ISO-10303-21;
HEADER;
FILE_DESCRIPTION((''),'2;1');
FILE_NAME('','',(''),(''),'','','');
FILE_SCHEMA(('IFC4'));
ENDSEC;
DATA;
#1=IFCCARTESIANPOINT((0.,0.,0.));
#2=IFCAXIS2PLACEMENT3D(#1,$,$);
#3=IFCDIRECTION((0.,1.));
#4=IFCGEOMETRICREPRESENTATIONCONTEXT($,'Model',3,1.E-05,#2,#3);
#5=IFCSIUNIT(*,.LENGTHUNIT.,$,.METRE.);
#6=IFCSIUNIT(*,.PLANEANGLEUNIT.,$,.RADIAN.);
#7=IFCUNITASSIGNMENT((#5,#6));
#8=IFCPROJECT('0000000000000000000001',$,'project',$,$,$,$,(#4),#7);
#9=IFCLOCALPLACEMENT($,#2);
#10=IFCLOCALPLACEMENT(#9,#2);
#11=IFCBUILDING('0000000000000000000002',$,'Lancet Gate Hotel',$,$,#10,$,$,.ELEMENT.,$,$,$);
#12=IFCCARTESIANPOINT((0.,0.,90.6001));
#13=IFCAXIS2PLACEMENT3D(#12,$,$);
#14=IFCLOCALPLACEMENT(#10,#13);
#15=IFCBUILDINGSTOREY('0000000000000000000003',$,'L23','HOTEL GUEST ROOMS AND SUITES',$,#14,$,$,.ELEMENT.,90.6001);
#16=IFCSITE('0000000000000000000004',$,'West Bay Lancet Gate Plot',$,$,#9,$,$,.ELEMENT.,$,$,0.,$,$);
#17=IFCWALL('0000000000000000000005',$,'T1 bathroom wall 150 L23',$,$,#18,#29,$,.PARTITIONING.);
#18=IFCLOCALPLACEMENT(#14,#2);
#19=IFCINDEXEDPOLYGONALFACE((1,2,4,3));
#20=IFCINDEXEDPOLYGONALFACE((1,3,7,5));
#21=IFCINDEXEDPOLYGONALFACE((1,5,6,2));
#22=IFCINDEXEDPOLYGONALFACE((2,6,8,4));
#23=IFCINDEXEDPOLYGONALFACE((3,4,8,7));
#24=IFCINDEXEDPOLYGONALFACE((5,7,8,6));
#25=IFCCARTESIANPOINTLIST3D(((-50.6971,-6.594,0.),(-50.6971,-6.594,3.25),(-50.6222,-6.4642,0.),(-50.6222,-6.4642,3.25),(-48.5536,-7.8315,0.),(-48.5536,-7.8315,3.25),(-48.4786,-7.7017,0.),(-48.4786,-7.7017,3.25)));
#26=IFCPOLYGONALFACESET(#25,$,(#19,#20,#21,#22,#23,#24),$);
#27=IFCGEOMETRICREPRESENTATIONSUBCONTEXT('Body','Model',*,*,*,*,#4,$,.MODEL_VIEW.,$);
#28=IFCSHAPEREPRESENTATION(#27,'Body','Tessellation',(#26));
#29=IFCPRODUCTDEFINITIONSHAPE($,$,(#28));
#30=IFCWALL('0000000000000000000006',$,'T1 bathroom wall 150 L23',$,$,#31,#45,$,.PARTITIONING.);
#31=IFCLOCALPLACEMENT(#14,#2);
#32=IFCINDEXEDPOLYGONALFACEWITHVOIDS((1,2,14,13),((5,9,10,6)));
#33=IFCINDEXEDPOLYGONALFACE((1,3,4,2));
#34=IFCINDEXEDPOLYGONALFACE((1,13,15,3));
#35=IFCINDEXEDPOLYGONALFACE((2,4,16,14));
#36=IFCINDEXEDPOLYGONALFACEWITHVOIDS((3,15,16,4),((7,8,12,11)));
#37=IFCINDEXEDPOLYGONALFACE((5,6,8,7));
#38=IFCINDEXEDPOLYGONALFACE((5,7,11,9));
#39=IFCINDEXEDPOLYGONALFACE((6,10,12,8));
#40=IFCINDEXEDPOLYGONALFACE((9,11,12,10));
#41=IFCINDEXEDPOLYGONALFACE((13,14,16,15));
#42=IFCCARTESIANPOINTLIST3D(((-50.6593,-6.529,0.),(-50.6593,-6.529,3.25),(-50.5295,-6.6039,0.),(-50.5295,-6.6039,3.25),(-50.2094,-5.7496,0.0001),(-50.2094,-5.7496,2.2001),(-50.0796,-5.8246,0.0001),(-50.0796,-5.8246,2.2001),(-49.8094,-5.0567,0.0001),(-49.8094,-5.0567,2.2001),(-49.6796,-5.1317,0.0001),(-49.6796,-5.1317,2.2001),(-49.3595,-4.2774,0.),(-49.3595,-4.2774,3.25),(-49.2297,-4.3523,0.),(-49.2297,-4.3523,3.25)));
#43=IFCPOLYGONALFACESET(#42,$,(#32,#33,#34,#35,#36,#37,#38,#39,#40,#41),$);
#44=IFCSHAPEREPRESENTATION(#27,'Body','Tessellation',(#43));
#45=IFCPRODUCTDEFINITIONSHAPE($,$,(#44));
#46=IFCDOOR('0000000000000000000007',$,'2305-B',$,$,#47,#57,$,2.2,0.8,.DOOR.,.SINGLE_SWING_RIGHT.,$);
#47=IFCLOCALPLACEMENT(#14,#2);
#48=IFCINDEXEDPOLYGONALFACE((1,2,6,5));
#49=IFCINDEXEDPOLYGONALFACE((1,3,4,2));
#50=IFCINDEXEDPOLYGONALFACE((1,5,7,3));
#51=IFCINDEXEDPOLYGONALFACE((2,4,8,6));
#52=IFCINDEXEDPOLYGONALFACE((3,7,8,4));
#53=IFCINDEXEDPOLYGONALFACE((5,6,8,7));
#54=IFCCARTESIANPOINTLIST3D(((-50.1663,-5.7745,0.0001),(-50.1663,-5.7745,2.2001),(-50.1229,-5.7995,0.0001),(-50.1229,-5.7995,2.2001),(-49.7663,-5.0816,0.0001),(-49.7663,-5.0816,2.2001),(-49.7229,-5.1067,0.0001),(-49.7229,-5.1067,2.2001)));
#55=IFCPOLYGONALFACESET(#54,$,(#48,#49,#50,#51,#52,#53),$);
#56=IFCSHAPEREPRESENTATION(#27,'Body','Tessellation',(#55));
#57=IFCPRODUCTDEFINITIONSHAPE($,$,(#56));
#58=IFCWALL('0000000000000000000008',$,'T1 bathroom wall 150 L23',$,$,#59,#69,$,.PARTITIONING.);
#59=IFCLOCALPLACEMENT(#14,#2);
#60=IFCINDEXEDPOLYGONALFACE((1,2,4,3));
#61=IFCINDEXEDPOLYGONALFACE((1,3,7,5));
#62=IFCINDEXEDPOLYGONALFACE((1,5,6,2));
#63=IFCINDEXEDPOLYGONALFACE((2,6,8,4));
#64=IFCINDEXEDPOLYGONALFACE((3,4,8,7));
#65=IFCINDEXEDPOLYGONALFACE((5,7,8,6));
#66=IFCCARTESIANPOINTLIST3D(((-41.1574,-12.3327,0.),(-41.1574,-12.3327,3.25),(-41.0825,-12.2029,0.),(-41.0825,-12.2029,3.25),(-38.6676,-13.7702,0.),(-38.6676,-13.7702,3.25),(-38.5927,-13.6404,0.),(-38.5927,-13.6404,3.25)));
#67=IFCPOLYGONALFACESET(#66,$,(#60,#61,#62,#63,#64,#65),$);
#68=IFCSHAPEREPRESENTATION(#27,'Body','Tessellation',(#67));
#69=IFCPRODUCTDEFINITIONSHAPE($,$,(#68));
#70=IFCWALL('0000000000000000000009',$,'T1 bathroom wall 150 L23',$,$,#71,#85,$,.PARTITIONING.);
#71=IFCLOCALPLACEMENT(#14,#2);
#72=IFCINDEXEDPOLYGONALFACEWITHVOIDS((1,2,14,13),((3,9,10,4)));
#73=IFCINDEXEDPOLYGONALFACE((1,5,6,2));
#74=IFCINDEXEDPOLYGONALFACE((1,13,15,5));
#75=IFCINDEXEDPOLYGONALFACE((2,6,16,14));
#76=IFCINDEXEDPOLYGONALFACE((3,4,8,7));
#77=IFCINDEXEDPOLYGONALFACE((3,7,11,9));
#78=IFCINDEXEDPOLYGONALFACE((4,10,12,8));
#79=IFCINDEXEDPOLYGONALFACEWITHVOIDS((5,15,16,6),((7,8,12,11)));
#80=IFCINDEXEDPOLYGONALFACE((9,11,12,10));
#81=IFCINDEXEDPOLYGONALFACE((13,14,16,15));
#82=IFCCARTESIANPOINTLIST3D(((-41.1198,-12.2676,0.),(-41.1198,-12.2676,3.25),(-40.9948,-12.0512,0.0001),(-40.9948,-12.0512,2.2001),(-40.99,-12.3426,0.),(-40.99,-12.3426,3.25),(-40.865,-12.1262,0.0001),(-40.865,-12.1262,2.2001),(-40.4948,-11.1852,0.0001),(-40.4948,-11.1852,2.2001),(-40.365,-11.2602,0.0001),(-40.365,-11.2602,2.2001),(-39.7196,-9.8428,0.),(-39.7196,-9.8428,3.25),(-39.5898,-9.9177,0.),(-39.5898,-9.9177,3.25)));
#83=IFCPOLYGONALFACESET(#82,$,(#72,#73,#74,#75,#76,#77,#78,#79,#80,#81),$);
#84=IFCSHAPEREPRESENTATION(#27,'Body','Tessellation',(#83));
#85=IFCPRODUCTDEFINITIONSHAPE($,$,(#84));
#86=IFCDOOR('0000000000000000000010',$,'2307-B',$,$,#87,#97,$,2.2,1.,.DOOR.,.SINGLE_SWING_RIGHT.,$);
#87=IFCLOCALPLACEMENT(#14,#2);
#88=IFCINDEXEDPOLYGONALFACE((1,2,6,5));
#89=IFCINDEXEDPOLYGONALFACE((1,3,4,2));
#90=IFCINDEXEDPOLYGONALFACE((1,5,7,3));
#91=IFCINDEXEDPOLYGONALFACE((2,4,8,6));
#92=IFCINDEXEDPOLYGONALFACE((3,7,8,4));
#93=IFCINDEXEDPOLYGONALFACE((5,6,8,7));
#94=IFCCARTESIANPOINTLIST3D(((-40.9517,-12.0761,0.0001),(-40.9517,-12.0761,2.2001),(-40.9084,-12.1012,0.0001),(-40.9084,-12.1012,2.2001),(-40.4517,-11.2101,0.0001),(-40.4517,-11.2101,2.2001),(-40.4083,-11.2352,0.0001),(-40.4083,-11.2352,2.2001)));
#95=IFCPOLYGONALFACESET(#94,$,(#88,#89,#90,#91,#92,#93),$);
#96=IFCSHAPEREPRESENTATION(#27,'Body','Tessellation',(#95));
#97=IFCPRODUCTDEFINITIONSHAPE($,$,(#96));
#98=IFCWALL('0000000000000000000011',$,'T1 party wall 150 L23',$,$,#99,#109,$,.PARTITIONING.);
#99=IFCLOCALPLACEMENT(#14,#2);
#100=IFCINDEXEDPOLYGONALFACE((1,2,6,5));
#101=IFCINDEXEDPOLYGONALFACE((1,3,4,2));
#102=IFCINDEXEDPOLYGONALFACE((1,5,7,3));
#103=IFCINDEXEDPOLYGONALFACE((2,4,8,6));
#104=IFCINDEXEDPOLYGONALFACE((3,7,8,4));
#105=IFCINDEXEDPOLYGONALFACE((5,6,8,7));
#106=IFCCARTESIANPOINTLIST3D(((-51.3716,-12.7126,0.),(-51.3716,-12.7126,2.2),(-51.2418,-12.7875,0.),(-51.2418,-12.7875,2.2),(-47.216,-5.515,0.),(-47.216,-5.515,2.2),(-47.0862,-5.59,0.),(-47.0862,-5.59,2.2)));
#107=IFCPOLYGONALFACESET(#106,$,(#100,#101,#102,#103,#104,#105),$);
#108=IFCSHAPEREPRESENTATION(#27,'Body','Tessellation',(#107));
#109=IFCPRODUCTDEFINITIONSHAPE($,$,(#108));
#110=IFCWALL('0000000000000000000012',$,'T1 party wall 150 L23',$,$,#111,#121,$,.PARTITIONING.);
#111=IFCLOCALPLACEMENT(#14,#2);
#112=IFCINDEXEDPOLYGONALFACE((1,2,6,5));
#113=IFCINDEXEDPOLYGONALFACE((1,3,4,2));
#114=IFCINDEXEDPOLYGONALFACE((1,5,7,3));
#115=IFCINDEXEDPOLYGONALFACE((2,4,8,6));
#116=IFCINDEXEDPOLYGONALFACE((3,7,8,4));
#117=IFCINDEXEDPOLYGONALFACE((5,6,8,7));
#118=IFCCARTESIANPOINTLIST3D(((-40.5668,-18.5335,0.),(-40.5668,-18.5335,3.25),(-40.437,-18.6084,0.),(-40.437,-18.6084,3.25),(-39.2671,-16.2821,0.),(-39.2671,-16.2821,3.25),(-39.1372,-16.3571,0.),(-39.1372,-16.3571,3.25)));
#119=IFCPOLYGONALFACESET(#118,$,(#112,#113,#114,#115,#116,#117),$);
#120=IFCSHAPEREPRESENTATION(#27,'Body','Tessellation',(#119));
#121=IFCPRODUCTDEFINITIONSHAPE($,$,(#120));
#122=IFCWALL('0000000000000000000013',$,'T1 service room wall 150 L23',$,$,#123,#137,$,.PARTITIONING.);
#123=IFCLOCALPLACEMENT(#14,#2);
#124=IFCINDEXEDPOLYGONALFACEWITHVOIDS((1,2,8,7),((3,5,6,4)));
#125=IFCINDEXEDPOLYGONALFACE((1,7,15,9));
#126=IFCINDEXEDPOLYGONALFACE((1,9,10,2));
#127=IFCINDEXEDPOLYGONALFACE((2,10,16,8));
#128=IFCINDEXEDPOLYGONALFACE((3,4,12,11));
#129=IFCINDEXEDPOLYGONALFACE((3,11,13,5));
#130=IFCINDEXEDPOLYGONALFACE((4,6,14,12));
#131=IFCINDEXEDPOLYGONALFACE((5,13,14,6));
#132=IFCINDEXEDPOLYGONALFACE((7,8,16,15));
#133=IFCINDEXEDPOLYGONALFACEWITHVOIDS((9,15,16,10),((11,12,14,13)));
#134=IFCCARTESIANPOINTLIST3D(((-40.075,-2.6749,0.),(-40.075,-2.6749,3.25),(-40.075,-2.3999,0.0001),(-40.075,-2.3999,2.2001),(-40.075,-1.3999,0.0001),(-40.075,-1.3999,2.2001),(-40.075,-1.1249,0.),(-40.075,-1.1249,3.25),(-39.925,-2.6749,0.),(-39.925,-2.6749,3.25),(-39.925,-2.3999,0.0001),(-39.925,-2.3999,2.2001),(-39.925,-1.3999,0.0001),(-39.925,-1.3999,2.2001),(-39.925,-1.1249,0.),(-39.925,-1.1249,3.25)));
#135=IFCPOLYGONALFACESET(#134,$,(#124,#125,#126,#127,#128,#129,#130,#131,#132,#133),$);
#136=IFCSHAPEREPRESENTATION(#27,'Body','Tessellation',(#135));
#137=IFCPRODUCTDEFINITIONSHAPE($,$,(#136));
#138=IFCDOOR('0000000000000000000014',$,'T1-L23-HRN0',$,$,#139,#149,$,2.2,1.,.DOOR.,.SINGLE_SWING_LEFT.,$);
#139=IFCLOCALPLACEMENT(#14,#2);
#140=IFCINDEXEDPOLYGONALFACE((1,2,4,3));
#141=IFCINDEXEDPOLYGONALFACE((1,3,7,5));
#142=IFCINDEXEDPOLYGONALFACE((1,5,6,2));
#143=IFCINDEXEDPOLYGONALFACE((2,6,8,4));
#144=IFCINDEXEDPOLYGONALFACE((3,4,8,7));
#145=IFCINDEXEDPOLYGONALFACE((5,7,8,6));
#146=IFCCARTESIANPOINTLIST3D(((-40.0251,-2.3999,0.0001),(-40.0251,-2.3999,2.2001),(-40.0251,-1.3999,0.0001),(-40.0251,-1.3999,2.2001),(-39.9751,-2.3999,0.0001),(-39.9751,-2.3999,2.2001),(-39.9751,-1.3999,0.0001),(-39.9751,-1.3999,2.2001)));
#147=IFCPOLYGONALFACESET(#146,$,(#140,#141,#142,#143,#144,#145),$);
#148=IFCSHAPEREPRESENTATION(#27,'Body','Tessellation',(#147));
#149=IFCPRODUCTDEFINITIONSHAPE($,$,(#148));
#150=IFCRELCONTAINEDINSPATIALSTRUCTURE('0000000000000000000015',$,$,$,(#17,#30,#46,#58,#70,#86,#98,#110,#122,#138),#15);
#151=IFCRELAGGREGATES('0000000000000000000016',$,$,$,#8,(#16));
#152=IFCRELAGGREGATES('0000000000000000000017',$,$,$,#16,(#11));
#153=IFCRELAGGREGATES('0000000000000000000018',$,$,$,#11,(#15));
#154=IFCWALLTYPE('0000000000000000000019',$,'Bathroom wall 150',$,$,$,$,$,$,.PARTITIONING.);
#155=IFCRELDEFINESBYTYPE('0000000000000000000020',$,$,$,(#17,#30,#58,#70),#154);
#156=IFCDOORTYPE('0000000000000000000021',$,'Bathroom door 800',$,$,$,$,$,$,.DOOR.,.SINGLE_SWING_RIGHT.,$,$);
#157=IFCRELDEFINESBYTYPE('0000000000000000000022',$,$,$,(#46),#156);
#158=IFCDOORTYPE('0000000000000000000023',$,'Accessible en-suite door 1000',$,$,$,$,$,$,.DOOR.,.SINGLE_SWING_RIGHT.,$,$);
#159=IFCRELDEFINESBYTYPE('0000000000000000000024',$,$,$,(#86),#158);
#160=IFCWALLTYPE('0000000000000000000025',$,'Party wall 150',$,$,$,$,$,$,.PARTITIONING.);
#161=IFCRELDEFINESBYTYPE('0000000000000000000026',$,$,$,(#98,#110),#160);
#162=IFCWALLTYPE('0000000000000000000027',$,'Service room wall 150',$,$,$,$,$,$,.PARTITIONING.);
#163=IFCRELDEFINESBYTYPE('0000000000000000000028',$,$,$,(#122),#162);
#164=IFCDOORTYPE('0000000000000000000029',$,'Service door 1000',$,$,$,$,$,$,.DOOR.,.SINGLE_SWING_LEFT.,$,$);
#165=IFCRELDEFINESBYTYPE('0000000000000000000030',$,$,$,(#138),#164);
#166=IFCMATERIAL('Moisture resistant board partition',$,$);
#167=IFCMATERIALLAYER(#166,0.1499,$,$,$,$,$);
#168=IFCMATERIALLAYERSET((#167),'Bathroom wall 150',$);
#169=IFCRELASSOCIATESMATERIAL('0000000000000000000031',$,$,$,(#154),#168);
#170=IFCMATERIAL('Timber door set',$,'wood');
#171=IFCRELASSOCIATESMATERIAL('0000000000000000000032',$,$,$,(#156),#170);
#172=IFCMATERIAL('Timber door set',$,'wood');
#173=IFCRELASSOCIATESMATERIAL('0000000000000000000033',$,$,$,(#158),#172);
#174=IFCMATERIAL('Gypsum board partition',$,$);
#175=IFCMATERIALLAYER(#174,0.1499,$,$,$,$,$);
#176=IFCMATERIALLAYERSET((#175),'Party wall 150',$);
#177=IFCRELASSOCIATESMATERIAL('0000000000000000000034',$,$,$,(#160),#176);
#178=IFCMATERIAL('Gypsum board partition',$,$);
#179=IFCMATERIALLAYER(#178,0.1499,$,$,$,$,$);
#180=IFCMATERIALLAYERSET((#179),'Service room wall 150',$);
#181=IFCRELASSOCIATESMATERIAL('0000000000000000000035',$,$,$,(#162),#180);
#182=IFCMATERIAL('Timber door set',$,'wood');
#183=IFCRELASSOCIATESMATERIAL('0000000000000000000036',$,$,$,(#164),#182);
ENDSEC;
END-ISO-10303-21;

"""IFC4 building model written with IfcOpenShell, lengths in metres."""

from ifc_helpers import new_model, si_unit, direction, frame, frame_2d, origin, place, context, subcontext, project, spatial, rectangle, extrude, material, layer, layer_set, type_object, element, fill, save


model = new_model("IFC4")

# Units and contexts
model_context = context("Model", 3, precision=1e-05, world=origin(), true_north=direction((0.0, 1.0)))
body_context = subcontext(model_context, "Body", "Model", "MODEL_VIEW")
ifc_project = project(units=[si_unit("LENGTHUNIT", "METRE"), si_unit("PLANEANGLEUNIT", "RADIAN")], contexts=[model_context])

# Site, building, storey
site_placement = place(None, origin())
site = spatial("IfcSite", under=ifc_project, at=site_placement, Name="West Bay Lancet Gate Plot", CompositionType="ELEMENT", RefElevation=0.0)
building_placement = place(site_placement, origin())
building = spatial("IfcBuilding", under=site, at=building_placement, Name="Lancet Gate Hotel", CompositionType="ELEMENT")
storey_placement = place(building_placement, frame((0.0, 0.0, 90.6001)))
storey = spatial("IfcBuildingStorey", under=building, at=storey_placement, Name="L23", Description="HOTEL GUEST ROOMS AND SUITES", CompositionType="ELEMENT", Elevation=90.6001)

# Wall
ifc_material_1 = material(Name="Moisture resistant board partition")
ifc_layer_1 = layer(ifc_material_1, 0.1499)
ifc_layer_set_1 = layer_set([ifc_layer_1], Name="Bathroom wall 150")
wall_type_1 = type_object("IfcWallType", Name="Bathroom wall 150", PredefinedType="PARTITIONING", material=ifc_layer_set_1)
wall_1_placement = place(storey_placement, frame((-48.5161, -7.7666, 0.0), z_axis=(0.0, 0.0, 1.0), x_axis=(-0.866031, 0.49999, 0.0)))
element("IfcWall", 1, at=wall_1_placement, inside=storey, type_object=wall_type_1, Name="T1 bathroom wall 150 L23", PredefinedType="PARTITIONING", context=body_context, shape_type="SweptSolid", body=[
    extrude(rectangle(XDim=2.4751, YDim=0.1499, at=frame_2d((1.2375, 0.0))), origin(), (0.0, 0.0, 1.0), 3.25),
])

# Wall, opening, door
wall_2_placement = place(storey_placement, frame((-49.2947, -4.3149, 0.0), z_axis=(0.0, 0.0, 1.0), x_axis=(-0.499937, -0.866062, 0.0)))
wall_2 = element("IfcWall", 2, at=wall_2_placement, inside=storey, type_object=wall_type_1, Name="T1 bathroom wall 150 L23", PredefinedType="PARTITIONING", context=body_context, shape_type="SweptSolid", body=[
    extrude(rectangle(XDim=2.5999, YDim=0.1499, at=frame_2d((1.2998, 0.0))), origin(), (0.0, 0.0, 1.0), 3.25),
])
opening_1_placement = place(wall_2_placement, frame((0.8999, 0.0, 0.0)))
opening_1 = element("IfcOpeningElement", 3, at=opening_1_placement, cuts=wall_2, PredefinedType="OPENING", context=body_context, shape_type="SweptSolid", body=[
    extrude(rectangle(XDim=0.8, YDim=2.2, at=frame_2d((0.3999, 1.1001))), frame((0.0, 0.085, 0.0), z_axis=(0.0, -1.0, 0.0), x_axis=(1.0, 0.0, 0.0)), (0.0, 0.0, 1.0), 0.1699),
])
ifc_material_2 = material(Name="Timber door set", Category="wood")
door_type_1 = type_object("IfcDoorType", Name="Bathroom door 800", OperationType="SINGLE_SWING_RIGHT", PredefinedType="DOOR", material=ifc_material_2)
door_1_placement = place(opening_1_placement, origin())
door_1 = element("IfcDoor", 4, at=door_1_placement, inside=storey, type_object=door_type_1, Name="2305-B", OperationType="SINGLE_SWING_RIGHT", OverallHeight=2.2, OverallWidth=0.8, PredefinedType="DOOR", context=body_context, shape_type="SweptSolid", body=[
    extrude(rectangle(XDim=0.8, YDim=2.2, at=frame_2d((0.3999, 1.1001))), frame((0.0, 0.0249, 0.0), z_axis=(0.0, -1.0, 0.0), x_axis=(1.0, 0.0, 0.0)), (0.0, 0.0, 1.0), 0.05),
])
fill(opening_1, door_1)

# Wall
wall_3_placement = place(storey_placement, frame((-38.6301, -13.7053, 0.0), z_axis=(0.0, 0.0, 1.0), x_axis=(-0.866019, 0.500012, 0.0)))
element("IfcWall", 5, at=wall_3_placement, inside=storey, type_object=wall_type_1, Name="T1 bathroom wall 150 L23", PredefinedType="PARTITIONING", context=body_context, shape_type="SweptSolid", body=[
    extrude(rectangle(XDim=2.875, YDim=0.1499, at=frame_2d((1.4375, 0.0))), origin(), (0.0, 0.0, 1.0), 3.25),
])

# Wall, opening, door
wall_4_placement = place(storey_placement, frame((-39.6548, -9.8804, 0.0), z_axis=(0.0, 0.0, 1.0), x_axis=(-0.50005, -0.865997, 0.0)))
wall_4 = element("IfcWall", 6, at=wall_4_placement, inside=storey, type_object=wall_type_1, Name="T1 bathroom wall 150 L23", PredefinedType="PARTITIONING", context=body_context, shape_type="SweptSolid", body=[
    extrude(rectangle(XDim=2.8, YDim=0.1499, at=frame_2d((1.3999, 0.0))), origin(), (0.0, 0.0, 1.0), 3.25),
])
opening_2_placement = place(wall_4_placement, frame((1.55, 0.0, 0.0)))
opening_2 = element("IfcOpeningElement", 7, at=opening_2_placement, cuts=wall_4, PredefinedType="OPENING", context=body_context, shape_type="SweptSolid", body=[
    extrude(rectangle(XDim=1.0, YDim=2.2, at=frame_2d((0.5, 1.1001))), frame((0.0, 0.085, 0.0), z_axis=(0.0, -1.0, 0.0), x_axis=(1.0, 0.0, 0.0)), (0.0, 0.0, 1.0), 0.1699),
])
ifc_material_3 = material(Name="Timber door set", Category="wood")
door_type_2 = type_object("IfcDoorType", Name="Accessible en-suite door 1000", OperationType="SINGLE_SWING_RIGHT", PredefinedType="DOOR", material=ifc_material_3)
door_2_placement = place(opening_2_placement, origin())
door_2 = element("IfcDoor", 8, at=door_2_placement, inside=storey, type_object=door_type_2, Name="2307-B", OperationType="SINGLE_SWING_RIGHT", OverallHeight=2.2, OverallWidth=1.0, PredefinedType="DOOR", context=body_context, shape_type="SweptSolid", body=[
    extrude(rectangle(XDim=1.0, YDim=2.2, at=frame_2d((0.5, 1.1001))), frame((0.0, 0.0249, 0.0), z_axis=(0.0, -1.0, 0.0), x_axis=(1.0, 0.0, 0.0)), (0.0, 0.0, 1.0), 0.05),
])
fill(opening_2, door_2)

# Walls
ifc_material_4 = material(Name="Gypsum board partition")
ifc_layer_2 = layer(ifc_material_4, 0.1499)
ifc_layer_set_2 = layer_set([ifc_layer_2], Name="Party wall 150")
wall_type_2 = type_object("IfcWallType", Name="Party wall 150", PredefinedType="PARTITIONING", material=ifc_layer_set_2)
wall_5_placement = place(storey_placement, frame((-47.1511, -5.5525, 0.0), z_axis=(0.0, 0.0, 1.0), x_axis=(-0.500003, -0.866024, 0.0)))
element("IfcWall", 9, at=wall_5_placement, inside=storey, type_object=wall_type_2, Name="T1 party wall 150 L23", PredefinedType="PARTITIONING", context=body_context, shape_type="SweptSolid", body=[
    extrude(rectangle(XDim=8.311, YDim=0.1499, at=frame_2d((4.1555, 0.0))), origin(), (0.0, 0.0, 1.0), 2.2),
])
wall_6_placement = place(storey_placement, frame((-39.2021, -16.3196, 0.0), z_axis=(0.0, 0.0, 1.0), x_axis=(-0.499977, -0.866039, 0.0)))
element("IfcWall", 10, at=wall_6_placement, inside=storey, type_object=wall_type_2, Name="T1 party wall 150 L23", PredefinedType="PARTITIONING", context=body_context, shape_type="SweptSolid", body=[
    extrude(rectangle(XDim=2.5996, YDim=0.1499, at=frame_2d((1.2998, 0.0))), origin(), (0.0, 0.0, 1.0), 3.25),
])

# Wall, opening, door
ifc_material_5 = material(Name="Gypsum board partition")
ifc_layer_3 = layer(ifc_material_5, 0.1499)
ifc_layer_set_3 = layer_set([ifc_layer_3], Name="Service room wall 150")
wall_type_3 = type_object("IfcWallType", Name="Service room wall 150", PredefinedType="PARTITIONING", material=ifc_layer_set_3)
wall_7_placement = place(storey_placement, frame((-40.0, -1.125, 0.0), z_axis=(0.0, 0.0, 1.0), x_axis=(0.0, -1.0, 0.0)))
wall_7 = element("IfcWall", 11, at=wall_7_placement, inside=storey, type_object=wall_type_3, Name="T1 service room wall 150 L23", PredefinedType="PARTITIONING", context=body_context, shape_type="SweptSolid", body=[
    extrude(rectangle(XDim=1.55, YDim=0.1499, at=frame_2d((0.7749, 0.0))), origin(), (0.0, 0.0, 1.0), 3.25),
])
opening_3_placement = place(wall_7_placement, frame((0.2749, 0.0, 0.0)))
opening_3 = element("IfcOpeningElement", 12, at=opening_3_placement, cuts=wall_7, PredefinedType="OPENING", context=body_context, shape_type="SweptSolid", body=[
    extrude(rectangle(XDim=1.0, YDim=2.2, at=frame_2d((0.5, 1.1001))), frame((0.0, 0.085, 0.0), z_axis=(0.0, -1.0, 0.0), x_axis=(1.0, 0.0, 0.0)), (0.0, 0.0, 1.0), 0.1699),
])
ifc_material_6 = material(Name="Timber door set", Category="wood")
door_type_3 = type_object("IfcDoorType", Name="Service door 1000", OperationType="SINGLE_SWING_LEFT", PredefinedType="DOOR", material=ifc_material_6)
door_3_placement = place(opening_3_placement, origin())
door_3 = element("IfcDoor", 13, at=door_3_placement, inside=storey, type_object=door_type_3, Name="T1-L23-HRN0", OperationType="SINGLE_SWING_LEFT", OverallHeight=2.2, OverallWidth=1.0, PredefinedType="DOOR", context=body_context, shape_type="SweptSolid", body=[
    extrude(rectangle(XDim=1.0, YDim=2.2, at=frame_2d((0.5, 1.1001))), frame((0.0, 0.0249, 0.0), z_axis=(0.0, -1.0, 0.0), x_axis=(1.0, 0.0, 0.0)), (0.0, 0.0, 1.0), 0.05),
])
fill(opening_3, door_3)

save(model, "model.ifc")
